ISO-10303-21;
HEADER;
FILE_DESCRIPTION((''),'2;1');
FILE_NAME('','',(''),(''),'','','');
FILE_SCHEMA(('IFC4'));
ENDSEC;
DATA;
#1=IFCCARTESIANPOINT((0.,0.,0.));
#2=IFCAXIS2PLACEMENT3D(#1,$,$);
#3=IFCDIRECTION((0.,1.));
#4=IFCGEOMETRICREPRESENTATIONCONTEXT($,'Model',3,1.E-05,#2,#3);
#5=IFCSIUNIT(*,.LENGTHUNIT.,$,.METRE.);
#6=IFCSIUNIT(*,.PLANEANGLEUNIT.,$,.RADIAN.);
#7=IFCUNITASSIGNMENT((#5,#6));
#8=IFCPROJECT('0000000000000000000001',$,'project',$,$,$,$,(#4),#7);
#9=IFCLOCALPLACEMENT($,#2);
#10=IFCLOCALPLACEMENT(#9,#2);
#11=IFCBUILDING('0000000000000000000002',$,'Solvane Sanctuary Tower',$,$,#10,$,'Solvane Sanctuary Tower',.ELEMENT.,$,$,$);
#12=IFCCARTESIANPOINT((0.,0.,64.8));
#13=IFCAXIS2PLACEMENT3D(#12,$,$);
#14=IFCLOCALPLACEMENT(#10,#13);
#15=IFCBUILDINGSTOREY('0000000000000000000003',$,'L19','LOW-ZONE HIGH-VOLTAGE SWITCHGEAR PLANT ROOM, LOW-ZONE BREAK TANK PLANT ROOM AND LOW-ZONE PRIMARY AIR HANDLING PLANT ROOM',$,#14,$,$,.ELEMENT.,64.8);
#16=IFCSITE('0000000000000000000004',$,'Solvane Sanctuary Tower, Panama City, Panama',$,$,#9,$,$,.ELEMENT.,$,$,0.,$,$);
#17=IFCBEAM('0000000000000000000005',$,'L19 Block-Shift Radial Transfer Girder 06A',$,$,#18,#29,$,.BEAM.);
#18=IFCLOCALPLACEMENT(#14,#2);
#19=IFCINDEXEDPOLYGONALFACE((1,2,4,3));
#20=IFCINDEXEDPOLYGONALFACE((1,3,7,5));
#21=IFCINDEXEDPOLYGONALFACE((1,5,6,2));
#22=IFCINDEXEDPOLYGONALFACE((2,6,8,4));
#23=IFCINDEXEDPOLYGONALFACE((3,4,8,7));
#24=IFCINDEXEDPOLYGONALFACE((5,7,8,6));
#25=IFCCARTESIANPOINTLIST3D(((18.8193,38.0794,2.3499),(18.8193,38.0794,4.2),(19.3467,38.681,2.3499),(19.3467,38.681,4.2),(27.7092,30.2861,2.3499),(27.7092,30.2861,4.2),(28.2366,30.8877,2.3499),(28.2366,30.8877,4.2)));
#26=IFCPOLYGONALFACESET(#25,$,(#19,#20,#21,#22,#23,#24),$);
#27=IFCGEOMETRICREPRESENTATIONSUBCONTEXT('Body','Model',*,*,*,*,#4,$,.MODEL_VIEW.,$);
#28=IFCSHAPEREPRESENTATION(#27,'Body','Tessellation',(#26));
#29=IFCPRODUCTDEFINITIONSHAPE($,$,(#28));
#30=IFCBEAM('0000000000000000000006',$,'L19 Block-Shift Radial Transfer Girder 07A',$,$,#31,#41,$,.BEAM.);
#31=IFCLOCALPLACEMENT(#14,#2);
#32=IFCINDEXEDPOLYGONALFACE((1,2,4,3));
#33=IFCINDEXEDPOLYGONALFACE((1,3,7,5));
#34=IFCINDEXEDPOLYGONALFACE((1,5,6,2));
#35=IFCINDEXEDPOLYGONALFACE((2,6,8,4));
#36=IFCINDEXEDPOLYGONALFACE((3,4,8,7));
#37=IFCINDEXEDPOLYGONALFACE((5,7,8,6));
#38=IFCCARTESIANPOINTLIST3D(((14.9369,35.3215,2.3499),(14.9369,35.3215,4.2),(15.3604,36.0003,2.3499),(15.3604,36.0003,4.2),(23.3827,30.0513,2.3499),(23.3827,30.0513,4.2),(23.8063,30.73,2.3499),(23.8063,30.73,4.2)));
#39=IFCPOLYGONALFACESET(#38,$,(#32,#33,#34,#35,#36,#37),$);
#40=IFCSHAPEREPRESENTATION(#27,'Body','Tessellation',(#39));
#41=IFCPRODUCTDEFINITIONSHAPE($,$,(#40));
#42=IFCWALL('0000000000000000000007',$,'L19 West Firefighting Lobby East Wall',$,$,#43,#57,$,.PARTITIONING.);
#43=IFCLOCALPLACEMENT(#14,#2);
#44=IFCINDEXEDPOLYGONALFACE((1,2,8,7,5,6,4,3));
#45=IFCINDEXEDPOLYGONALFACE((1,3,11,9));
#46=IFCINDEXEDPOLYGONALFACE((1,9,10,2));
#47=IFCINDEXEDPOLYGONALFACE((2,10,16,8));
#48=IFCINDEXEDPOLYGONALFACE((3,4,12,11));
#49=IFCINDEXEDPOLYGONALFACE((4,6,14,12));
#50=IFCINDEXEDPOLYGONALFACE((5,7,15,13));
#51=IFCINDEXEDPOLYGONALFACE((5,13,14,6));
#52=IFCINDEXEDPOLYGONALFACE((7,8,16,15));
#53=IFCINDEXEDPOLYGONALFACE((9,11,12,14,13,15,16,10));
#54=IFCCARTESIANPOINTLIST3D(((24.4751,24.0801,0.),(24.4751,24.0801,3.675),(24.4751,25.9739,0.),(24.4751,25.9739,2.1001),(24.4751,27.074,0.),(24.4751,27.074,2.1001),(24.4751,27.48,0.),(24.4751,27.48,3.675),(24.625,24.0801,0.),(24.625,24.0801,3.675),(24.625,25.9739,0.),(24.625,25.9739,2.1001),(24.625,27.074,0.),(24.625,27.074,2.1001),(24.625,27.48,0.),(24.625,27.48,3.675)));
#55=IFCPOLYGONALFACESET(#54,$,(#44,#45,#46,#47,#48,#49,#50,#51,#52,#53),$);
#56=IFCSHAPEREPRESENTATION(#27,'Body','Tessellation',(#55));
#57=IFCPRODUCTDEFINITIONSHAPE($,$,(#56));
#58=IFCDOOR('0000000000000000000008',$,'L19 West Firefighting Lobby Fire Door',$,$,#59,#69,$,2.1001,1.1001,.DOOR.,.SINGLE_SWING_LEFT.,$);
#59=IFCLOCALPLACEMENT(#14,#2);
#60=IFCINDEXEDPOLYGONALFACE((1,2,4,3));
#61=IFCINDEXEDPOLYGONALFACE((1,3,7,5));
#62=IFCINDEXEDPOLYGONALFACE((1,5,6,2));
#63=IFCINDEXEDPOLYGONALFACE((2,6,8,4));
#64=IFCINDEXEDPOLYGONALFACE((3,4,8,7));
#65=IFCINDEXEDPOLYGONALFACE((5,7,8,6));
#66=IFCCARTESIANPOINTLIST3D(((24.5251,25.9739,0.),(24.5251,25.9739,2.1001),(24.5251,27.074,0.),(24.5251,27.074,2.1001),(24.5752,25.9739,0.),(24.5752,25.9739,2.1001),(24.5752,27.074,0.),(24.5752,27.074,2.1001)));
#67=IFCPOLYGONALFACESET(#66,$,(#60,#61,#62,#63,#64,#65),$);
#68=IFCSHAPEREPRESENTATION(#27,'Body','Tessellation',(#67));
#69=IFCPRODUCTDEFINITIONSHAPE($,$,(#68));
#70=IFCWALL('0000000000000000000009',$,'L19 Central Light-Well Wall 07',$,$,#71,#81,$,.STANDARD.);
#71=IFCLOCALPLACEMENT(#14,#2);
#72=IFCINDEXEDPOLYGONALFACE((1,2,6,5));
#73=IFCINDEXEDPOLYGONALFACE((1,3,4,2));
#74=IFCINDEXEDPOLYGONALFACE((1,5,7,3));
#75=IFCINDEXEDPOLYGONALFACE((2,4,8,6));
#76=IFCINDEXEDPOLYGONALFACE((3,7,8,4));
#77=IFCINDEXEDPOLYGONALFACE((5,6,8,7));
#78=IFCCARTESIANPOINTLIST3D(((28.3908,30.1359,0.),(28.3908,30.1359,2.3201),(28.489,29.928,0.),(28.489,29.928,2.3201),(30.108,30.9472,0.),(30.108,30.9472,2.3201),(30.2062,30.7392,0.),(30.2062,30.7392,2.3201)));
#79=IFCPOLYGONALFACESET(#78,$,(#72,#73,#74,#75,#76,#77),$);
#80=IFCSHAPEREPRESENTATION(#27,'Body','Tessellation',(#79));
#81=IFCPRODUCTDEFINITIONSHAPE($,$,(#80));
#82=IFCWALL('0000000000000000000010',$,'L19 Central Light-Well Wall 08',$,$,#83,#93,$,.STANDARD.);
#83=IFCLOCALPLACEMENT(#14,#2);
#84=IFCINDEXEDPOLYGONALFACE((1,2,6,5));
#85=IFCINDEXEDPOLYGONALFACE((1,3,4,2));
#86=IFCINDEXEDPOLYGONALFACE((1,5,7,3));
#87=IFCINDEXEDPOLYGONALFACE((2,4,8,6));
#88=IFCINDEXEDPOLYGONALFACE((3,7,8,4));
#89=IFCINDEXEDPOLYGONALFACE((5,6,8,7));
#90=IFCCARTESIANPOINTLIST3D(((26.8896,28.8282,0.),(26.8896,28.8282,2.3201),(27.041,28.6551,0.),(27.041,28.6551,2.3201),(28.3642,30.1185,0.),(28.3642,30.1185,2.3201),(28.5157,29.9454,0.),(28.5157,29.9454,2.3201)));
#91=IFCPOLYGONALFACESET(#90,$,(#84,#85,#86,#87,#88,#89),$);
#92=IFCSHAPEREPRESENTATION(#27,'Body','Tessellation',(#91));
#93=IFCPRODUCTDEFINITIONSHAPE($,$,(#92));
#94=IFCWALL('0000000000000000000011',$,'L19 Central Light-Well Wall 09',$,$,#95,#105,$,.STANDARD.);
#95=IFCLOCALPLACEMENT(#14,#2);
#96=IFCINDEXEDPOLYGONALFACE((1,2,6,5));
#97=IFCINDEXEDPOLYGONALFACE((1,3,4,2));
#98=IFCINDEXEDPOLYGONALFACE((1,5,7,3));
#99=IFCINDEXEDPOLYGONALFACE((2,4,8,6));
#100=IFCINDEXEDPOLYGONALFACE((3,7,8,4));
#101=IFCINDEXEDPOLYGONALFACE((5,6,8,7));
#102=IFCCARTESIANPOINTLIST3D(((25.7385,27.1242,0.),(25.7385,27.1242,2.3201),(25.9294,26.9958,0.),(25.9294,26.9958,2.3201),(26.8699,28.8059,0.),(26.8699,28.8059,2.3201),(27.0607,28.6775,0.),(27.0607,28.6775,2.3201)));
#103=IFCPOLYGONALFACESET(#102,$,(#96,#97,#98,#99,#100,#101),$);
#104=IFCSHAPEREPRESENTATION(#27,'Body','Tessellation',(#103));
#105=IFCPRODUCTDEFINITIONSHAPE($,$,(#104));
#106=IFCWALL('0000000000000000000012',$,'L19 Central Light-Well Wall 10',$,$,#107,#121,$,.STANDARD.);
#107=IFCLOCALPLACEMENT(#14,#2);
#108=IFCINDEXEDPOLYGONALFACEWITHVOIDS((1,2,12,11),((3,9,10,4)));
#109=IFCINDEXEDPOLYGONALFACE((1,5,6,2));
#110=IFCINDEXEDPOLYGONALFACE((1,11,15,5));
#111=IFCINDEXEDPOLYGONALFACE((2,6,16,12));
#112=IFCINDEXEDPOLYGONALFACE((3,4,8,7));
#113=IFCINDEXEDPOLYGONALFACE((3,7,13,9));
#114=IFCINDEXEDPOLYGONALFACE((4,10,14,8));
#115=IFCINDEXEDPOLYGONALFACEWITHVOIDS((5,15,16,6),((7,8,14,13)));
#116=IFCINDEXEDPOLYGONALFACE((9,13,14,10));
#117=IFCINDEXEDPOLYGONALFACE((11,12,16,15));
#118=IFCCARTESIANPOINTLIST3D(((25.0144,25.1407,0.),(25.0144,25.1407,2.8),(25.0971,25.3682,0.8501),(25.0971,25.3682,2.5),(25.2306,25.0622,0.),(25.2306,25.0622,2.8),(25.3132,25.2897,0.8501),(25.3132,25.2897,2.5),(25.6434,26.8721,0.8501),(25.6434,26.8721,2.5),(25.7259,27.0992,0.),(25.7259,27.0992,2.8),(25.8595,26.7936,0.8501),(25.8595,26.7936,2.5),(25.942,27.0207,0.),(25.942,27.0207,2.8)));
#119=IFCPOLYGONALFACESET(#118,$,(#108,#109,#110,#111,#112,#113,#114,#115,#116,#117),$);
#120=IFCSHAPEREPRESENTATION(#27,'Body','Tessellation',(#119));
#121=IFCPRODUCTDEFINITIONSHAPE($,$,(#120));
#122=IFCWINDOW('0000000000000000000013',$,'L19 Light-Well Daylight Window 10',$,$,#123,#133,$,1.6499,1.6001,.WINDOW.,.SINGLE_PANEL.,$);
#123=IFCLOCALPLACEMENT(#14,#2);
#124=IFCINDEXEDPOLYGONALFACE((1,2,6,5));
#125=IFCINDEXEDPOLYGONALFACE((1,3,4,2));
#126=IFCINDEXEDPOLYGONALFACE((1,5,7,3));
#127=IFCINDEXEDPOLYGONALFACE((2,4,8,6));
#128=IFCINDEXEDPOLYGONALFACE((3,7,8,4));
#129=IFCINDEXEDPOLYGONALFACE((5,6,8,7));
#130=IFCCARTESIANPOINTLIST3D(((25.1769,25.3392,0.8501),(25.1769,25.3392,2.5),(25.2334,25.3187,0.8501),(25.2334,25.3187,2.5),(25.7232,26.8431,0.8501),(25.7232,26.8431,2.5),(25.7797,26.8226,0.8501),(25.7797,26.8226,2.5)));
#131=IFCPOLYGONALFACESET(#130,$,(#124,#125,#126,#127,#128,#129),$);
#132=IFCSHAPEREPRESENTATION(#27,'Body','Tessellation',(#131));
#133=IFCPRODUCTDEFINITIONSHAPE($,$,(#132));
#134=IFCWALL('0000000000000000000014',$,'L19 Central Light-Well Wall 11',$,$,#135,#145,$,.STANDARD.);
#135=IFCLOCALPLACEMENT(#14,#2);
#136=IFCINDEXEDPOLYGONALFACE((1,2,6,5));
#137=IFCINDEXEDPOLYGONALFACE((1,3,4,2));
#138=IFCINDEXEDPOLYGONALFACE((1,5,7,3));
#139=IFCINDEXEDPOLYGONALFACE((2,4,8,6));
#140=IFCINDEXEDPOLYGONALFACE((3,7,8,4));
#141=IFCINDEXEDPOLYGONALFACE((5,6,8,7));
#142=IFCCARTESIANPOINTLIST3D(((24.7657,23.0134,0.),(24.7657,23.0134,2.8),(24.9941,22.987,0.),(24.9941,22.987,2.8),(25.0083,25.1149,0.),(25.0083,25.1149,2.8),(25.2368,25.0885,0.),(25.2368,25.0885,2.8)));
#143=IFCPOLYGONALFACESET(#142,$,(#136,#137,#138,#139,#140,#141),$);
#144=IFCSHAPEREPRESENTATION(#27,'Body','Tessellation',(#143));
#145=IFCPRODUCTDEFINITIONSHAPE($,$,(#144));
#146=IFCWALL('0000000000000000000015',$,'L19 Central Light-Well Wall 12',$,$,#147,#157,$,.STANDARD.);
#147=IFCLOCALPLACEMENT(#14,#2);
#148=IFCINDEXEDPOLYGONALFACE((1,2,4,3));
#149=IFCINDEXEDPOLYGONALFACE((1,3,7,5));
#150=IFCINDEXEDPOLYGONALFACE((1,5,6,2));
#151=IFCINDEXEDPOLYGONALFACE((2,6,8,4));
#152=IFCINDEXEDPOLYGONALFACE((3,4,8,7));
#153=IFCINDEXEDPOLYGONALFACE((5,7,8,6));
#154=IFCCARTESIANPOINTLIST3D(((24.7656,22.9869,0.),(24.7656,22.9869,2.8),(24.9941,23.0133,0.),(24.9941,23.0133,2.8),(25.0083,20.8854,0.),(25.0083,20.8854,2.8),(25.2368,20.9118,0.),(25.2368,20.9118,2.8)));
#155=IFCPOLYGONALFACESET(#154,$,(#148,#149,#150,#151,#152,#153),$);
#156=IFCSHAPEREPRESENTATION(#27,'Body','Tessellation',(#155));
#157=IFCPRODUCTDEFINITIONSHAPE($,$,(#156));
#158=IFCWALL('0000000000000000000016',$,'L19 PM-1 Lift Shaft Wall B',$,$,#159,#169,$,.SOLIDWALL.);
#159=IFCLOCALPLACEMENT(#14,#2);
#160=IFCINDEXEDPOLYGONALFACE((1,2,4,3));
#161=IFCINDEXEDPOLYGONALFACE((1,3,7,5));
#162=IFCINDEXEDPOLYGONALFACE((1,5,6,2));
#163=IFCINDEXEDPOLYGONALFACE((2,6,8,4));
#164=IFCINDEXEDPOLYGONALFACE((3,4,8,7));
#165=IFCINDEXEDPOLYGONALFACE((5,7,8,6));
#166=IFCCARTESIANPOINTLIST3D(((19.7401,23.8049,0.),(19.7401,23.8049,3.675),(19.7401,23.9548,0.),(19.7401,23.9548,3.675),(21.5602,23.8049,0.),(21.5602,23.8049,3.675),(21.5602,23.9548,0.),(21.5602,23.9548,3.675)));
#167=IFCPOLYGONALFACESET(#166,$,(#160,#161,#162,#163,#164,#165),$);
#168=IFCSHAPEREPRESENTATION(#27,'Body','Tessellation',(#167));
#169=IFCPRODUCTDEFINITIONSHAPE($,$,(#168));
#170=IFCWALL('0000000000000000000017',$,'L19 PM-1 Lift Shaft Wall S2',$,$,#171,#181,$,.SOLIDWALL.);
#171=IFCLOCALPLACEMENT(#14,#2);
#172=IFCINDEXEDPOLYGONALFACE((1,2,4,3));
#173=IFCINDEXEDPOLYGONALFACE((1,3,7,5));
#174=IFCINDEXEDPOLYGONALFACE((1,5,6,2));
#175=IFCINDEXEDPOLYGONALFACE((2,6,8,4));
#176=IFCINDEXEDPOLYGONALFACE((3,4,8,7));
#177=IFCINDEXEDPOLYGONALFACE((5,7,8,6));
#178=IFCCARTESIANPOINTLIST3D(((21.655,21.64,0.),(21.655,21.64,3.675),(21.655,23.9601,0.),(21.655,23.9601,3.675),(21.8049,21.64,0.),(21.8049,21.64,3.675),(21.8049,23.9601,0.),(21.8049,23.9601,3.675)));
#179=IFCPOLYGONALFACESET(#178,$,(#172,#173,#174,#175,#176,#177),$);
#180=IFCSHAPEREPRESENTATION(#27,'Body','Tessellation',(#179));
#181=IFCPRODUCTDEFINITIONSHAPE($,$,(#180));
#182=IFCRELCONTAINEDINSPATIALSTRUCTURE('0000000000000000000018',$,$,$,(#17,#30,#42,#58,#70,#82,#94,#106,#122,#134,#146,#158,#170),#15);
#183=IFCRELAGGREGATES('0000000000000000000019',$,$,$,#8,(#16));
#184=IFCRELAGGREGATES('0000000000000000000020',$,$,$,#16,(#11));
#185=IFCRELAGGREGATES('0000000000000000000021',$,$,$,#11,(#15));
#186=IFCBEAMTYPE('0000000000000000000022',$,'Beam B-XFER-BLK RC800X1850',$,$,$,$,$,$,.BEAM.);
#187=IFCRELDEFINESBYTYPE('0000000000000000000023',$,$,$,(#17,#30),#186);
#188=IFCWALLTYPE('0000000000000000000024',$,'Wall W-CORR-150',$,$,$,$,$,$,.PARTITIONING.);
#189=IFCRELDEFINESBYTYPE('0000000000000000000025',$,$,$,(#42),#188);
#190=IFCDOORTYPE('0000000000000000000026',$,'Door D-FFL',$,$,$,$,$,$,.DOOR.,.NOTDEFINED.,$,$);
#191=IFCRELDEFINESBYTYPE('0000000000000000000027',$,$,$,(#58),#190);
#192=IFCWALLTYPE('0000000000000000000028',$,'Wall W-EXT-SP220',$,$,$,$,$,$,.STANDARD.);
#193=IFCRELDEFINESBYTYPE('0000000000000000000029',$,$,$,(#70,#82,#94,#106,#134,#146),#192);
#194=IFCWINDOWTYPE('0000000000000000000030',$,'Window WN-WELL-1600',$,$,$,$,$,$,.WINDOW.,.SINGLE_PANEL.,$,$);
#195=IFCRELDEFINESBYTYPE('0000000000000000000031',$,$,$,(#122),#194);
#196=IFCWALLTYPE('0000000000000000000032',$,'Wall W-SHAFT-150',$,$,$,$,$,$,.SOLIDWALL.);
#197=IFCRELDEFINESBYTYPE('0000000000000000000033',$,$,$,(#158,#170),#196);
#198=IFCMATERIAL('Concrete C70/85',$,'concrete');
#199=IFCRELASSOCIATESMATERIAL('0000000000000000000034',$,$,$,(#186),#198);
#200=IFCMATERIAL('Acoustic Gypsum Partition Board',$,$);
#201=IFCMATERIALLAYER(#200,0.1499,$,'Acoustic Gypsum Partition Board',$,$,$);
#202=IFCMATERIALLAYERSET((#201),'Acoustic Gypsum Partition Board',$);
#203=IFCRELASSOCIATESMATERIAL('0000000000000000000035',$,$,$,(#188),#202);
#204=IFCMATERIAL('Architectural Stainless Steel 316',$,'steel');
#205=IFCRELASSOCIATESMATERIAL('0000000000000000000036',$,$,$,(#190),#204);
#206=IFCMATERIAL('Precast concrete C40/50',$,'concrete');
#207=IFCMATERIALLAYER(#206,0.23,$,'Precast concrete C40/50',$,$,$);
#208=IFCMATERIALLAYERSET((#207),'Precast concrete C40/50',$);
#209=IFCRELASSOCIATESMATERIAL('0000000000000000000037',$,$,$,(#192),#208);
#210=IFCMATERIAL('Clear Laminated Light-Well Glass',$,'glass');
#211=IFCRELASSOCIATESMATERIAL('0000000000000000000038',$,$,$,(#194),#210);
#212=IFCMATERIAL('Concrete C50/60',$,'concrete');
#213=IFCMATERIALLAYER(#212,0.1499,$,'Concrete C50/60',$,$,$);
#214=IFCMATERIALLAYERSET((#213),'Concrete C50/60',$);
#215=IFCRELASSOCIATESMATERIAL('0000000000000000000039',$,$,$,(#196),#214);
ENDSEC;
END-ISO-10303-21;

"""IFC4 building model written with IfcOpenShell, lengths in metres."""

from ifc_helpers import new_model, si_unit, direction, frame, frame_2d, origin, origin_2d, place, context, subcontext, project, spatial, rectangle, extrude, material, layer, layer_set, material_profile, profile_set, type_object, element, fill, save


model = new_model("IFC4")

# Units and contexts
model_context = context("Model", 3, precision=1e-05, world=origin(), true_north=direction((0.0, 1.0)))
body_context = subcontext(model_context, "Body", "Model", "MODEL_VIEW")
ifc_project = project(units=[si_unit("LENGTHUNIT", "METRE"), si_unit("PLANEANGLEUNIT", "RADIAN")], contexts=[model_context])

# Site, building, storey
site_placement = place(None, origin())
site = spatial("IfcSite", under=ifc_project, at=site_placement, Name="Solvane Sanctuary Tower, Panama City, Panama", CompositionType="ELEMENT", RefElevation=0.0)
building_placement = place(site_placement, origin())
building = spatial("IfcBuilding", under=site, at=building_placement, Name="Solvane Sanctuary Tower", LongName="Solvane Sanctuary Tower", CompositionType="ELEMENT")
storey_placement = place(building_placement, frame((0.0, 0.0, 64.8)))
storey = spatial("IfcBuildingStorey", under=building, at=storey_placement, Name="L19", Description="LOW-ZONE HIGH-VOLTAGE SWITCHGEAR PLANT ROOM, LOW-ZONE BREAK TANK PLANT ROOM AND LOW-ZONE PRIMARY AIR HANDLING PLANT ROOM", CompositionType="ELEMENT", Elevation=64.8)

# Shared definitions
ifc_material_1 = material(Name="Concrete C70/85", Category="concrete")

# Beams
ifc_material_profile_1 = material_profile(ifc_material_1, rectangle(XDim=0.8, YDim=1.8501, at=origin_2d()), Name="RC800X1850")
ifc_profile_set_1 = profile_set([ifc_material_profile_1], Name="Concrete C70/85")
beam_type_1 = type_object("IfcBeamType", Name="Beam B-XFER-BLK RC800X1850", PredefinedType="BEAM", material=ifc_profile_set_1)
beam_1_placement = place(storey_placement, frame((27.9729, 30.5869, 3.2749), z_axis=(-0.751966, 0.659202, 0.0), x_axis=(-0.659202, -0.751966, 0.0)))
element("IfcBeam", 1, at=beam_1_placement, inside=storey, type_object=beam_type_1, Name="L19 Block-Shift Radial Transfer Girder 06A", PredefinedType="BEAM", context=body_context, shape_type="SweptSolid", body=[
    extrude(rectangle(XDim=0.8, YDim=1.8501, at=origin_2d()), origin(), (0.0, 0.0, 1.0), 11.8223),
])
beam_2_placement = place(storey_placement, frame((23.5945, 30.3906, 3.2749), z_axis=(-0.848376, 0.529395, 0.0), x_axis=(-0.529395, -0.848376, 0.0)))
element("IfcBeam", 2, at=beam_2_placement, inside=storey, type_object=beam_type_1, Name="L19 Block-Shift Radial Transfer Girder 07A", PredefinedType="BEAM", context=body_context, shape_type="SweptSolid", body=[
    extrude(rectangle(XDim=0.8, YDim=1.8501, at=origin_2d()), origin(), (0.0, 0.0, 1.0), 9.9553),
])

# Wall, opening, door
ifc_material_2 = material(Name="Acoustic Gypsum Partition Board")
ifc_layer_1 = layer(ifc_material_2, 0.1499, Name="Acoustic Gypsum Partition Board")
ifc_layer_set_1 = layer_set([ifc_layer_1], Name="Acoustic Gypsum Partition Board")
wall_type_1 = type_object("IfcWallType", Name="Wall W-CORR-150", PredefinedType="PARTITIONING", material=ifc_layer_set_1)
wall_1_placement = place(storey_placement, frame((24.55, 24.0801, 0.0), z_axis=(0.0, 0.0, 1.0), x_axis=(0.0, 1.0, 0.0)))
wall_1 = element("IfcWall", 3, at=wall_1_placement, inside=storey, type_object=wall_type_1, Name="L19 West Firefighting Lobby East Wall", PredefinedType="PARTITIONING", context=body_context, shape_type="SweptSolid", body=[
    extrude(rectangle(XDim=3.3999, YDim=0.1499, at=frame_2d((1.7, 0.0))), origin(), (0.0, 0.0, 1.0), 3.675),
])
opening_1_placement = place(wall_1_placement, frame((1.8938, 0.0, 0.0)))
opening_1 = element("IfcOpeningElement", 4, at=opening_1_placement, cuts=wall_1, PredefinedType="OPENING", context=body_context, shape_type="SweptSolid", body=[
    extrude(rectangle(XDim=1.1001, YDim=2.1001, at=frame_2d((0.55, 1.05))), frame((0.0, 0.085, 0.0), z_axis=(0.0, -1.0, 0.0), x_axis=(1.0, 0.0, 0.0)), (0.0, 0.0, 1.0), 0.1699),
])
ifc_material_3 = material(Name="Architectural Stainless Steel 316", Category="steel")
door_type_1 = type_object("IfcDoorType", Name="Door D-FFL", OperationType="NOTDEFINED", PredefinedType="DOOR", material=ifc_material_3)
door_1_placement = place(opening_1_placement, origin())
door_1 = element("IfcDoor", 5, at=door_1_placement, inside=storey, type_object=door_type_1, Name="L19 West Firefighting Lobby Fire Door", OperationType="SINGLE_SWING_LEFT", OverallHeight=2.1001, OverallWidth=1.1001, PredefinedType="DOOR", context=body_context, shape_type="SweptSolid", body=[
    extrude(rectangle(XDim=1.1001, YDim=2.1001, at=frame_2d((0.55, 1.05))), frame((0.0, 0.0249, 0.0), z_axis=(0.0, -1.0, 0.0), x_axis=(1.0, 0.0, 0.0)), (0.0, 0.0, 1.0), 0.05),
])
fill(opening_1, door_1)

# Walls
ifc_material_4 = material(Name="Precast concrete C40/50", Category="concrete")
ifc_layer_2 = layer(ifc_material_4, 0.23, Name="Precast concrete C40/50")
ifc_layer_set_2 = layer_set([ifc_layer_2], Name="Precast concrete C40/50")
wall_type_2 = type_object("IfcWallType", Name="Wall W-EXT-SP220", PredefinedType="STANDARD", material=ifc_layer_set_2)
wall_2_placement = place(storey_placement, frame((30.1572, 30.8433, 0.0), z_axis=(0.0, 0.0, 1.0), x_axis=(-0.90418, -0.427152, 0.0)))
element("IfcWall", 6, at=wall_2_placement, inside=storey, type_object=wall_type_2, Name="L19 Central Light-Well Wall 07", PredefinedType="STANDARD", context=body_context, shape_type="SweptSolid", body=[
    extrude(rectangle(XDim=1.8992, YDim=0.23, at=frame_2d((0.9497, 0.0))), origin(), (0.0, 0.0, 1.0), 2.3201),
])
wall_3_placement = place(storey_placement, frame((28.4399, 30.032, 0.0), z_axis=(0.0, 0.0, 1.0), x_axis=(-0.752577, -0.658505, 0.0)))
element("IfcWall", 7, at=wall_3_placement, inside=storey, type_object=wall_type_2, Name="L19 Central Light-Well Wall 08", PredefinedType="STANDARD", context=body_context, shape_type="SweptSolid", body=[
    extrude(rectangle(XDim=1.9595, YDim=0.23, at=frame_2d((0.9797, 0.0))), origin(), (0.0, 0.0, 1.0), 2.3201),
])
wall_4_placement = place(storey_placement, frame((26.9653, 28.7417, 0.0), z_axis=(0.0, 0.0, 1.0), x_axis=(-0.558198, -0.829708, 0.0)))
element("IfcWall", 8, at=wall_4_placement, inside=storey, type_object=wall_type_2, Name="L19 Central Light-Well Wall 09", PredefinedType="STANDARD", context=body_context, shape_type="SweptSolid", body=[
    extrude(rectangle(XDim=2.0269, YDim=0.23, at=frame_2d((1.0134, 0.0))), origin(), (0.0, 0.0, 1.0), 2.3201),
])

# Wall, opening, window
wall_5_placement = place(storey_placement, frame((25.834, 27.0601, 0.0), z_axis=(0.0, 0.0, 1.0), x_axis=(-0.341423, -0.93991, 0.0)))
wall_5 = element("IfcWall", 9, at=wall_5_placement, inside=storey, type_object=wall_type_2, Name="L19 Central Light-Well Wall 10", PredefinedType="STANDARD", context=body_context, shape_type="SweptSolid", body=[
    extrude(rectangle(XDim=2.0837, YDim=0.23, at=frame_2d((1.042, 0.0))), origin(), (0.0, 0.0, 1.0), 2.8),
])
opening_2_placement = place(wall_5_placement, frame((0.2417, 0.0, 0.8501)))
opening_2 = element("IfcOpeningElement", 10, at=opening_2_placement, cuts=wall_5, PredefinedType="OPENING", context=body_context, shape_type="SweptSolid", body=[
    extrude(rectangle(XDim=1.6001, YDim=1.6499, at=frame_2d((0.8, 0.825))), frame((0.0, 0.125, 0.0), z_axis=(0.0, -1.0, 0.0), x_axis=(1.0, 0.0, 0.0)), (0.0, 0.0, 1.0), 0.25),
])
ifc_material_5 = material(Name="Clear Laminated Light-Well Glass", Category="glass")
window_type = type_object("IfcWindowType", Name="Window WN-WELL-1600", PartitioningType="SINGLE_PANEL", PredefinedType="WINDOW", material=ifc_material_5)
window_placement = place(opening_2_placement, origin())
window = element("IfcWindow", 11, at=window_placement, inside=storey, type_object=window_type, Name="L19 Light-Well Daylight Window 10", OverallHeight=1.6499, OverallWidth=1.6001, PartitioningType="SINGLE_PANEL", PredefinedType="WINDOW", context=body_context, shape_type="SweptSolid", body=[
    extrude(rectangle(XDim=1.6001, YDim=1.6499, at=frame_2d((0.8, 0.825))), frame((0.0, 0.03, 0.0), z_axis=(0.0, -1.0, 0.0), x_axis=(1.0, 0.0, 0.0)), (0.0, 0.0, 1.0), 0.0601),
])
fill(opening_2, window)

# Walls
for number, where, z_axis, x_axis, name in (
    (12, (25.1226, 25.1016, 0.0), (0.0, 0.0, 1.0), (-0.114712, -0.993399, 0.0), "L19 Central Light-Well Wall 11"),
    (13, (24.8799, 23.0, 0.0), (0.0, 0.0, 1.0), (0.114712, -0.993399, 0.0), "L19 Central Light-Well Wall 12"),
):
    element("IfcWall", number, at=place(storey_placement, frame(where, z_axis=z_axis, x_axis=x_axis)), inside=storey, type_object=wall_type_2, Name=name, PredefinedType="STANDARD", context=body_context, shape_type="SweptSolid", body=[
        extrude(rectangle(XDim=2.1155, YDim=0.23, at=frame_2d((1.0576, 0.0))), origin(), (0.0, 0.0, 1.0), 2.8),
    ])
ifc_material_6 = material(Name="Concrete C50/60", Category="concrete")
ifc_layer_3 = layer(ifc_material_6, 0.1499, Name="Concrete C50/60")
ifc_layer_set_3 = layer_set([ifc_layer_3], Name="Concrete C50/60")
wall_type_3 = type_object("IfcWallType", Name="Wall W-SHAFT-150", PredefinedType="SOLIDWALL", material=ifc_layer_set_3)
wall_6_placement = place(storey_placement, frame((19.74, 23.8799, 0.0), z_axis=(0.0, 0.0, 1.0), x_axis=(1.0, 0.0, 0.0)))
element("IfcWall", 14, at=wall_6_placement, inside=storey, type_object=wall_type_3, Name="L19 PM-1 Lift Shaft Wall B", PredefinedType="SOLIDWALL", context=body_context, shape_type="SweptSolid", body=[
    extrude(rectangle(XDim=1.8201, YDim=0.1499, at=frame_2d((0.9102, 0.0))), origin(), (0.0, 0.0, 1.0), 3.675),
])
wall_7_placement = place(storey_placement, frame((21.73, 21.6399, 0.0), z_axis=(0.0, 0.0, 1.0), x_axis=(0.0, 1.0, 0.0)))
element("IfcWall", 15, at=wall_7_placement, inside=storey, type_object=wall_type_3, Name="L19 PM-1 Lift Shaft Wall S2", PredefinedType="SOLIDWALL", context=body_context, shape_type="SweptSolid", body=[
    extrude(rectangle(XDim=2.3201, YDim=0.1499, at=frame_2d((1.1602, 0.0))), origin(), (0.0, 0.0, 1.0), 3.675),
])

save(model, "model.ifc")
